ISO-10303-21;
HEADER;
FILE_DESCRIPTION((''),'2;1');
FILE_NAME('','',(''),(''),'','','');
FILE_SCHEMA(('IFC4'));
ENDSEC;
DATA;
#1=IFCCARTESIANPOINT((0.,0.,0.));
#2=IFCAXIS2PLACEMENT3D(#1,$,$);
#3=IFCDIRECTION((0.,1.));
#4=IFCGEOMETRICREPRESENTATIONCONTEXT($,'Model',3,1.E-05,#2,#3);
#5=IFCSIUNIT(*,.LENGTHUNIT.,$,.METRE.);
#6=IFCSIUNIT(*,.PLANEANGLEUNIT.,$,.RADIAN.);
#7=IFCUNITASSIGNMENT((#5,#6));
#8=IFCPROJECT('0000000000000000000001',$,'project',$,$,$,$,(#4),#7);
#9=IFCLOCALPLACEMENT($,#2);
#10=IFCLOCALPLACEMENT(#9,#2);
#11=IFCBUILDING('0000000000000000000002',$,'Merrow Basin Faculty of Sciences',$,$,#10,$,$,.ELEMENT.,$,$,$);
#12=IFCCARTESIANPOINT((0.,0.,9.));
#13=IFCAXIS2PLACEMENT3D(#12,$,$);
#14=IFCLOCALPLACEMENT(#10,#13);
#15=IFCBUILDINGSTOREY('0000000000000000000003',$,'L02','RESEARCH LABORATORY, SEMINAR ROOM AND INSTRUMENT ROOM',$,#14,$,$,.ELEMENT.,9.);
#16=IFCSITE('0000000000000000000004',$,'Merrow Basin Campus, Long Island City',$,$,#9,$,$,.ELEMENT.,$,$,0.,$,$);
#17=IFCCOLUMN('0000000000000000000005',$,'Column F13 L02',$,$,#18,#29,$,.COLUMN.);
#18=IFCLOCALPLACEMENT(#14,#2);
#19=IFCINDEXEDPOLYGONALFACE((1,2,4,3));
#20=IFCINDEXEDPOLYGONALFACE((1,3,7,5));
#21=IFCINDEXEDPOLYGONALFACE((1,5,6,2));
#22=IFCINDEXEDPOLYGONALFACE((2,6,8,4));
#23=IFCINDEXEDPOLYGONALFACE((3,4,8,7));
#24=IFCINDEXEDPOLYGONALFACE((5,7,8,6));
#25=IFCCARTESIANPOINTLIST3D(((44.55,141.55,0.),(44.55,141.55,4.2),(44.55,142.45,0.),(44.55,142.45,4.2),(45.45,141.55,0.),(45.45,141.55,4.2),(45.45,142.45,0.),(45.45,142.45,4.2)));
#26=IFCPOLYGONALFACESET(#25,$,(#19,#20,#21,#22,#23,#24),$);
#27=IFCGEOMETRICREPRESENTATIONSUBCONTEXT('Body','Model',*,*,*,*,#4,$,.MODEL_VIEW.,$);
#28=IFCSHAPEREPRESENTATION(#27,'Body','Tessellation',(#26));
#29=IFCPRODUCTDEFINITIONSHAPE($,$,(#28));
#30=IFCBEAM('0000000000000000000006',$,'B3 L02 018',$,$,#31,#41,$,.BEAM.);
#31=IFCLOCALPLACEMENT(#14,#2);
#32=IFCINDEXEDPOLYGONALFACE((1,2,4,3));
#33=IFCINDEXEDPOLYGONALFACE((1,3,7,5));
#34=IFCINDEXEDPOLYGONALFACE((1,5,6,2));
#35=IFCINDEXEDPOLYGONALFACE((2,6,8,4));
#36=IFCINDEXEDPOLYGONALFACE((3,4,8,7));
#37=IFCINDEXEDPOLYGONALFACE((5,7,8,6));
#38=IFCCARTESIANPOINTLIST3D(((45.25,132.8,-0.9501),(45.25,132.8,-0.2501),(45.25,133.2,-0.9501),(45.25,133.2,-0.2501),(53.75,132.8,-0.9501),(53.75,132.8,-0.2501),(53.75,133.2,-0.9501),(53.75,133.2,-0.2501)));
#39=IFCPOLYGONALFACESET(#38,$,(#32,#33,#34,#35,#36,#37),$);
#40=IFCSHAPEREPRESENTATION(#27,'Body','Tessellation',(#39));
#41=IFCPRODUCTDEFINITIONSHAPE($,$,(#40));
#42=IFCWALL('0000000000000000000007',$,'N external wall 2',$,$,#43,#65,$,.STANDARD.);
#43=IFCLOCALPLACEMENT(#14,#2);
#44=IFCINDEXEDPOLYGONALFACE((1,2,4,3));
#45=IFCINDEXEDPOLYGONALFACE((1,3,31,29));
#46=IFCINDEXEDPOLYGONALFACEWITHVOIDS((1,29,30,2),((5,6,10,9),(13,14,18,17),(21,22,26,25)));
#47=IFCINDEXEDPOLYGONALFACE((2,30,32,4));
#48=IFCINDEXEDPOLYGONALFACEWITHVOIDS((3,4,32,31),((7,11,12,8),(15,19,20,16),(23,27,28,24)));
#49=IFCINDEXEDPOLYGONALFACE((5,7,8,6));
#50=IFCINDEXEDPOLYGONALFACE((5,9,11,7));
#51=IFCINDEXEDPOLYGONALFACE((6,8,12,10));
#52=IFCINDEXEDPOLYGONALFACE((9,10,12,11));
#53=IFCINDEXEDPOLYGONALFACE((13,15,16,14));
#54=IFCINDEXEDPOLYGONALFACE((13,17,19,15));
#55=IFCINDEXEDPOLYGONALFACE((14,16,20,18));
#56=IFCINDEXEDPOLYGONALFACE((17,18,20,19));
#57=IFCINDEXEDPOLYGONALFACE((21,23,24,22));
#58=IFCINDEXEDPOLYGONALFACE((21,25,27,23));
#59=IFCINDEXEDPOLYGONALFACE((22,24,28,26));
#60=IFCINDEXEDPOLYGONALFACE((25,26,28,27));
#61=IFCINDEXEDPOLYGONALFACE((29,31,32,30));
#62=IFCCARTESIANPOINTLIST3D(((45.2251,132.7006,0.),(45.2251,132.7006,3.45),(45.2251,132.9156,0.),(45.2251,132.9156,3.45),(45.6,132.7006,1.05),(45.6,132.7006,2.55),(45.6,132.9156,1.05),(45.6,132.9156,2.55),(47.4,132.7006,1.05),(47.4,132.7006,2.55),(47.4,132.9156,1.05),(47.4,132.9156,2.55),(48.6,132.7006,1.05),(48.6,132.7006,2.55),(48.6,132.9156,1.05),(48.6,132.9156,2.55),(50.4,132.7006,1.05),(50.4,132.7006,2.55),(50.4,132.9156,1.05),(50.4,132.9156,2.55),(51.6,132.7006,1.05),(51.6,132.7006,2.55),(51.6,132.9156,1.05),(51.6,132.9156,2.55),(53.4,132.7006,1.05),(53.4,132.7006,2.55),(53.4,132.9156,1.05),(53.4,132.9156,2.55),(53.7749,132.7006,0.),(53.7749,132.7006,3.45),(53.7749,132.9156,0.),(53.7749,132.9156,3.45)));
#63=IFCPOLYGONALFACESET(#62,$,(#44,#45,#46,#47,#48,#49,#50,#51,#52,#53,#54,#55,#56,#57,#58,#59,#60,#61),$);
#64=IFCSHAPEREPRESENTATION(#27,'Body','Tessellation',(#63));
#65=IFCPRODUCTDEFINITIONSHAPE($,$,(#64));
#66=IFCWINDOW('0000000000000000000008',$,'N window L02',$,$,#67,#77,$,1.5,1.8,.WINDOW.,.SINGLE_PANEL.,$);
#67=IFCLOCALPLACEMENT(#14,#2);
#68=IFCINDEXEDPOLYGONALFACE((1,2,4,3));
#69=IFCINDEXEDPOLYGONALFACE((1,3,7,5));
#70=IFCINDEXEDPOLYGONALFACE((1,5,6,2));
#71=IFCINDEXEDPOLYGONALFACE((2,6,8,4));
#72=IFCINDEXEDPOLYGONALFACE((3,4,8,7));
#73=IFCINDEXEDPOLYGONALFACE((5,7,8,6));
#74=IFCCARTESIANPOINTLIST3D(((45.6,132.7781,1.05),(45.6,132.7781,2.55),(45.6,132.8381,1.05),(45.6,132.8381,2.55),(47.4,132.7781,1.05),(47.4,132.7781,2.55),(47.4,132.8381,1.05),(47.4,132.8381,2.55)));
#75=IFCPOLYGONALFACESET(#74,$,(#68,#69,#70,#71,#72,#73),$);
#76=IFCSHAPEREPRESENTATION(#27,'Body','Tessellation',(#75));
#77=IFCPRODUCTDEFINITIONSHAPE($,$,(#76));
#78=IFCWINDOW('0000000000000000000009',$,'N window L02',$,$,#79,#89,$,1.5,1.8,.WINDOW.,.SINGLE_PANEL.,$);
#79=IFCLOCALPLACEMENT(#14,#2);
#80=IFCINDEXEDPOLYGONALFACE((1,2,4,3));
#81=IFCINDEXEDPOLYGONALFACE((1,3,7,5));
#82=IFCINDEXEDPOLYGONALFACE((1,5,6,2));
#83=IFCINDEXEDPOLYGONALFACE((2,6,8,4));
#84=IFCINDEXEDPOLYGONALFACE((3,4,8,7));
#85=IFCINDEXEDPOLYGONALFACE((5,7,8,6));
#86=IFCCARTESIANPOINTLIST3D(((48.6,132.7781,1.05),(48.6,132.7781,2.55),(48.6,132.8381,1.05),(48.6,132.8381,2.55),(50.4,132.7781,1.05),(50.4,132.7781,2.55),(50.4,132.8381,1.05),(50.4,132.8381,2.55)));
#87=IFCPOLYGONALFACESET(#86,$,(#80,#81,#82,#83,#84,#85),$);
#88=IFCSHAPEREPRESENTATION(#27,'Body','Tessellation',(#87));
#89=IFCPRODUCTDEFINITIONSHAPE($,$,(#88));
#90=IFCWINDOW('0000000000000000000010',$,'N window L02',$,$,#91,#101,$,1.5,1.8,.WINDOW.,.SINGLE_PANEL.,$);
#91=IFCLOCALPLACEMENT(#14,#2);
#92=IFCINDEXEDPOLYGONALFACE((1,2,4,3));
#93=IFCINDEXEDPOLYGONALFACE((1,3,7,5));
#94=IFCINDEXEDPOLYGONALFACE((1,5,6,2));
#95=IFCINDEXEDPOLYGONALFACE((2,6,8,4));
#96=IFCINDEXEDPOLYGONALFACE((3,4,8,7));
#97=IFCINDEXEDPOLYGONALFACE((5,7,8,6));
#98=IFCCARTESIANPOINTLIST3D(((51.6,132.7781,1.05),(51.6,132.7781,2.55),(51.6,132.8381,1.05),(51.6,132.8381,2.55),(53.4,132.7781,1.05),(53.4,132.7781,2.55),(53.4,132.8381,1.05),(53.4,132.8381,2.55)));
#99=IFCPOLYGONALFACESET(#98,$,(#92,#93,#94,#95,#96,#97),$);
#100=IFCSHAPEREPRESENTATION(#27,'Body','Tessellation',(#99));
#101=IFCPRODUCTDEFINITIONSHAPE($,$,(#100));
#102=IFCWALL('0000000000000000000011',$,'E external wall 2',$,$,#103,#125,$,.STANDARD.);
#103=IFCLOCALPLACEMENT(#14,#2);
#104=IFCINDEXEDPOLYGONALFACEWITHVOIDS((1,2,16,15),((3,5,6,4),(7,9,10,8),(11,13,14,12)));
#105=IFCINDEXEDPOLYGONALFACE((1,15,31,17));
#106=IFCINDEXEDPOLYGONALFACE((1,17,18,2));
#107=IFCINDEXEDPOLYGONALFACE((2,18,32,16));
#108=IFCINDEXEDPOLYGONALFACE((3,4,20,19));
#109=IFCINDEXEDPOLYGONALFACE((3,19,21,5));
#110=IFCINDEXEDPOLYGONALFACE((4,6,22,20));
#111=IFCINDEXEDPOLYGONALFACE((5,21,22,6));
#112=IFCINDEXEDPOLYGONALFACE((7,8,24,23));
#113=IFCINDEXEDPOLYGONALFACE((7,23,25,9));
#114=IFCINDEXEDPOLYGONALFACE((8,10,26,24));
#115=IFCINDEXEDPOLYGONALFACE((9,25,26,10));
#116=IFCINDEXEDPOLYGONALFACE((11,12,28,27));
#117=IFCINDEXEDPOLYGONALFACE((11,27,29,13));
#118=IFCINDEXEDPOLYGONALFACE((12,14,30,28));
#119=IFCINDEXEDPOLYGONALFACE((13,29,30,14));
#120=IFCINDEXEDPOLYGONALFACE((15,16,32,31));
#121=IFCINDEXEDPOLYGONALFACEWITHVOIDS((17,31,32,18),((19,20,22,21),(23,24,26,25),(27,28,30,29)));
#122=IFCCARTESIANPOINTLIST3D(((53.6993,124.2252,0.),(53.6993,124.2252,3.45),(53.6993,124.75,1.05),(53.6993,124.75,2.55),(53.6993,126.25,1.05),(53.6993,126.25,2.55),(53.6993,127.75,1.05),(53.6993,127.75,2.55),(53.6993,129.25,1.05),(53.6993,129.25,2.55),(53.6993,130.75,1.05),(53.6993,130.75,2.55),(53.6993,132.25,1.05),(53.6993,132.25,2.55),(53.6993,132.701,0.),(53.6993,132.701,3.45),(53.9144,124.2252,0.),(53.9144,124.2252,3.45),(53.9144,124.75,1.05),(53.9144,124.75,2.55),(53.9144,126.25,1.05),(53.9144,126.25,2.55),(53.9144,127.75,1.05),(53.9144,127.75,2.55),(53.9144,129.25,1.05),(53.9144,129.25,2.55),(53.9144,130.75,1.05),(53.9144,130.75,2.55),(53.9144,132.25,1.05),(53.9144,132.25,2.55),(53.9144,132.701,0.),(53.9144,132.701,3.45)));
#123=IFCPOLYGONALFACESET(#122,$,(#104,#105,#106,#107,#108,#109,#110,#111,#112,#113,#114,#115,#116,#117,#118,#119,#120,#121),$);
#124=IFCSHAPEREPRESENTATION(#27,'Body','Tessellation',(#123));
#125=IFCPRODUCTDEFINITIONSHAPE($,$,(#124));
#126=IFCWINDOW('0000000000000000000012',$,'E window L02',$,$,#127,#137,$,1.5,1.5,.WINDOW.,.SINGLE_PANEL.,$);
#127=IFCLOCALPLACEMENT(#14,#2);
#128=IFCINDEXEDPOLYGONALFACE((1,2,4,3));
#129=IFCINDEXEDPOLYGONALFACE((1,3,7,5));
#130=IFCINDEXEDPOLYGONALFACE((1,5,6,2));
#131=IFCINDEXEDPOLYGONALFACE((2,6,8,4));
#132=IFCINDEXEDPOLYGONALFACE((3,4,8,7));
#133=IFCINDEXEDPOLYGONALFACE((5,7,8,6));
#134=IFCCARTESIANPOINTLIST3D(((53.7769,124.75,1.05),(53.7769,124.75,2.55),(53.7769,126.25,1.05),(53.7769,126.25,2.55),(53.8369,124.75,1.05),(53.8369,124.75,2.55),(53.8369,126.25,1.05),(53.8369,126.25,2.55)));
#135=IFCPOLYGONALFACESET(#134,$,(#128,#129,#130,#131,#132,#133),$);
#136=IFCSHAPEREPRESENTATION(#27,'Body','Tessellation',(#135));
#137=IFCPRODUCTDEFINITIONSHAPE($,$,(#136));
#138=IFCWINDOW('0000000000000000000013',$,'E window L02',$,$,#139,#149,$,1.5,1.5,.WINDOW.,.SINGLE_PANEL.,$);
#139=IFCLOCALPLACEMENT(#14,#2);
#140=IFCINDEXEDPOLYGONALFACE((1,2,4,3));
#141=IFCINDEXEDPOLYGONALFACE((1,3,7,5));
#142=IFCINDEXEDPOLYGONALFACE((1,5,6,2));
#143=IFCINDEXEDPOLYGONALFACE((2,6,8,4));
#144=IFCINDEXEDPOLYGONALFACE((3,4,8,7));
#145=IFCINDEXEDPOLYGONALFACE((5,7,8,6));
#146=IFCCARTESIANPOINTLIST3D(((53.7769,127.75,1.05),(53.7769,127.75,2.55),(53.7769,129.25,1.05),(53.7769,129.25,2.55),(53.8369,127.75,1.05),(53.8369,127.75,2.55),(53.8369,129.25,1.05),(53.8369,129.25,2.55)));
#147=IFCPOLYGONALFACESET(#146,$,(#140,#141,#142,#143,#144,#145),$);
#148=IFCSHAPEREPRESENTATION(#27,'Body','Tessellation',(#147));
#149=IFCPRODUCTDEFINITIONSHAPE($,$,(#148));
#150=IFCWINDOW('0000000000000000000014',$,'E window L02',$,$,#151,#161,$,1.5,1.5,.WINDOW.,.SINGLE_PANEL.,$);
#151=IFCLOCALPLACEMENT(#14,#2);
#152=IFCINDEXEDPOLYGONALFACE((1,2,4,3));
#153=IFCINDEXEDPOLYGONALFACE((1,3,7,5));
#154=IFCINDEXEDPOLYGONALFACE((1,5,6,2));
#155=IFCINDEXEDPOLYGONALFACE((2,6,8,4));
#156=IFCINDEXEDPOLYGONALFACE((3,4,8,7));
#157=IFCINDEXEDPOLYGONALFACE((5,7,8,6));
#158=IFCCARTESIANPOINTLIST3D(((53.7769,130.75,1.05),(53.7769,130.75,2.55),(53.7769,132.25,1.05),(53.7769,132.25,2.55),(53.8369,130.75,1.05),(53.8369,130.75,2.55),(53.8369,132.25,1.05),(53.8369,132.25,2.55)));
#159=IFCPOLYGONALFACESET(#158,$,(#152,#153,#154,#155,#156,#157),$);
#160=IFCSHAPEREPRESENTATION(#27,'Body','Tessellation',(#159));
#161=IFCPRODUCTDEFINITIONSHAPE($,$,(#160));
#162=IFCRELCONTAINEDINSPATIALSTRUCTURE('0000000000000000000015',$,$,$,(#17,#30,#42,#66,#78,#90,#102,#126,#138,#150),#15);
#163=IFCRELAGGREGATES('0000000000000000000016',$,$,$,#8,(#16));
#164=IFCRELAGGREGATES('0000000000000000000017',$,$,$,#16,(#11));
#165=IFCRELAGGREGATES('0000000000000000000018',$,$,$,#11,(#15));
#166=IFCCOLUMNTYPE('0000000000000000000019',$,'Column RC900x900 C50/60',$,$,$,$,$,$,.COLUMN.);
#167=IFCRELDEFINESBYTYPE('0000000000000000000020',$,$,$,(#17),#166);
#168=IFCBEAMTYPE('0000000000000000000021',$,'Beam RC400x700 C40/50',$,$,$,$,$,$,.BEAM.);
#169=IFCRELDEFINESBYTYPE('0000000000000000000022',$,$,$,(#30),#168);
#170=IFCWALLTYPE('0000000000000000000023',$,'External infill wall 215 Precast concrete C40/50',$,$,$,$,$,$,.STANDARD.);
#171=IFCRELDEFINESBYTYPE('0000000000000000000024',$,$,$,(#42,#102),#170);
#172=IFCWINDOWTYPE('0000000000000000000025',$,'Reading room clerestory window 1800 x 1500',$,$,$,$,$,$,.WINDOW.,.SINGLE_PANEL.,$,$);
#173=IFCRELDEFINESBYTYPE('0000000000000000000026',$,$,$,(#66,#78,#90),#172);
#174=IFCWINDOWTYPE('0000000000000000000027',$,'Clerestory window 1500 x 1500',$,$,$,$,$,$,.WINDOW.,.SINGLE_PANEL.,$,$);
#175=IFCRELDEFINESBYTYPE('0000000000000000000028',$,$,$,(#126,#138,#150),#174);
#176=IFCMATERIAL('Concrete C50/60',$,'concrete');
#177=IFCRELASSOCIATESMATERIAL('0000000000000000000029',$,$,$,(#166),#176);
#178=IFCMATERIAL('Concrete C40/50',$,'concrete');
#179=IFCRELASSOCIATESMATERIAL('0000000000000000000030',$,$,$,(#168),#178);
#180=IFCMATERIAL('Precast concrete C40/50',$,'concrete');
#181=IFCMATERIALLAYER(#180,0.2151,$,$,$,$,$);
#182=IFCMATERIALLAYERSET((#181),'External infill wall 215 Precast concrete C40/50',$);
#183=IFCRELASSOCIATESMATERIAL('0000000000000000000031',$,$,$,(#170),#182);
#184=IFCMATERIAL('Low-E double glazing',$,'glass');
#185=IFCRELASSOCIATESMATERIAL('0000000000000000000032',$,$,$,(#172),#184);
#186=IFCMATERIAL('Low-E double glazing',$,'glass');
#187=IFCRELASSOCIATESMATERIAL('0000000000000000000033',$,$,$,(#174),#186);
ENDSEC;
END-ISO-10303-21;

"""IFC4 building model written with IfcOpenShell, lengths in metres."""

from ifc_helpers import new_model, si_unit, direction, frame, frame_2d, origin, origin_2d, place, context, subcontext, project, spatial, rectangle, extrude, material, layer, layer_set, material_profile, profile_set, type_object, element, fill, save


model = new_model("IFC4")

# Units and contexts
model_context = context("Model", 3, precision=1e-05, world=origin(), true_north=direction((0.0, 1.0)))
body_context = subcontext(model_context, "Body", "Model", "MODEL_VIEW")
ifc_project = project(units=[si_unit("LENGTHUNIT", "METRE"), si_unit("PLANEANGLEUNIT", "RADIAN")], contexts=[model_context])

# Site, building, storey
site_placement = place(None, origin())
site = spatial("IfcSite", under=ifc_project, at=site_placement, Name="Merrow Basin Campus, Long Island City", CompositionType="ELEMENT", RefElevation=0.0)
building_placement = place(site_placement, origin())
building = spatial("IfcBuilding", under=site, at=building_placement, Name="Merrow Basin Faculty of Sciences", CompositionType="ELEMENT")
storey_placement = place(building_placement, frame((0.0, 0.0, 9.0)))
storey = spatial("IfcBuildingStorey", under=building, at=storey_placement, Name="L02", Description="RESEARCH LABORATORY, SEMINAR ROOM AND INSTRUMENT ROOM", CompositionType="ELEMENT", Elevation=9.0)

# Column
ifc_material_1 = material(Name="Concrete C50/60", Category="concrete")
ifc_material_profile_1 = material_profile(ifc_material_1, rectangle(XDim=0.8999, YDim=0.8999, at=origin_2d()))
ifc_profile_set_1 = profile_set([ifc_material_profile_1], Name="Concrete C50/60")
column_type = type_object("IfcColumnType", Name="Column RC900x900 C50/60", PredefinedType="COLUMN", material=ifc_profile_set_1)
column_placement = place(storey_placement, frame((45.0, 142.0, 0.0), z_axis=(0.0, 0.0, 1.0), x_axis=(1.0, 0.0, 0.0)))
element("IfcColumn", 1, at=column_placement, inside=storey, type_object=column_type, Name="Column F13 L02", PredefinedType="COLUMN", context=body_context, shape_type="SweptSolid", body=[
    extrude(rectangle(XDim=0.8999, YDim=0.8999, at=origin_2d()), origin(), (0.0, 0.0, 1.0), 4.2),
])

# Beam
ifc_material_2 = material(Name="Concrete C40/50", Category="concrete")
ifc_material_profile_2 = material_profile(ifc_material_2, rectangle(XDim=0.3999, YDim=0.7, at=origin_2d()))
ifc_profile_set_2 = profile_set([ifc_material_profile_2], Name="Concrete C40/50")
beam_type = type_object("IfcBeamType", Name="Beam RC400x700 C40/50", PredefinedType="BEAM", material=ifc_profile_set_2)
beam_placement = place(storey_placement, frame((45.25, 133.0, -0.6001), z_axis=(1.0, 0.0, 0.0), x_axis=(0.0, 1.0, 0.0)))
element("IfcBeam", 2, at=beam_placement, inside=storey, type_object=beam_type, Name="B3 L02 018", PredefinedType="BEAM", context=body_context, shape_type="SweptSolid", body=[
    extrude(rectangle(XDim=0.3999, YDim=0.7, at=origin_2d()), origin(), (0.0, 0.0, 1.0), 8.5),
])

# Walls, openings, windows
ifc_material_3 = material(Name="Precast concrete C40/50", Category="concrete")
ifc_layer_1 = layer(ifc_material_3, 0.2151)
ifc_layer_set_1 = layer_set([ifc_layer_1], Name="External infill wall 215 Precast concrete C40/50")
wall_type_1 = type_object("IfcWallType", Name="External infill wall 215 Precast concrete C40/50", PredefinedType="STANDARD", material=ifc_layer_set_1)
wall_1_placement = place(storey_placement, frame((45.2251, 132.8081, 0.0), z_axis=(0.0, 0.0, 1.0), x_axis=(1.0, 0.0, 0.0)))
wall_1 = element("IfcWall", 3, at=wall_1_placement, inside=storey, type_object=wall_type_1, Name="N external wall 2", PredefinedType="STANDARD", context=body_context, shape_type="SweptSolid", body=[
    extrude(rectangle(XDim=8.5498, YDim=0.2151, at=frame_2d((4.2749, 0.0))), origin(), (0.0, 0.0, 1.0), 3.45),
])
opening_1_placement = place(wall_1_placement, frame((0.375, 0.0, 1.05)))
opening_1 = element("IfcOpeningElement", 4, at=opening_1_placement, cuts=wall_1, PredefinedType="OPENING", context=body_context, shape_type="SweptSolid", body=[
    extrude(rectangle(XDim=1.8, YDim=1.5, at=frame_2d((0.8999, 0.75))), frame((0.0, 0.1174, 0.0), z_axis=(0.0, -1.0, 0.0), x_axis=(1.0, 0.0, 0.0)), (0.0, 0.0, 1.0), 0.2351),
])
opening_2_placement = place(wall_1_placement, frame((3.375, 0.0, 1.05)))
opening_2 = element("IfcOpeningElement", 5, at=opening_2_placement, cuts=wall_1, PredefinedType="OPENING", context=body_context, shape_type="SweptSolid", body=[
    extrude(rectangle(XDim=1.8, YDim=1.5, at=frame_2d((0.8999, 0.75))), frame((0.0, 0.1174, 0.0), z_axis=(0.0, -1.0, 0.0), x_axis=(1.0, 0.0, 0.0)), (0.0, 0.0, 1.0), 0.2351),
])
opening_3_placement = place(wall_1_placement, frame((6.375, 0.0, 1.05)))
opening_3 = element("IfcOpeningElement", 6, at=opening_3_placement, cuts=wall_1, PredefinedType="OPENING", context=body_context, shape_type="SweptSolid", body=[
    extrude(rectangle(XDim=1.8, YDim=1.5, at=frame_2d((0.8999, 0.75))), frame((0.0, 0.1174, 0.0), z_axis=(0.0, -1.0, 0.0), x_axis=(1.0, 0.0, 0.0)), (0.0, 0.0, 1.0), 0.2351),
])
ifc_material_4 = material(Name="Low-E double glazing", Category="glass")
window_type_1 = type_object("IfcWindowType", Name="Reading room clerestory window 1800 x 1500", PartitioningType="SINGLE_PANEL", PredefinedType="WINDOW", material=ifc_material_4)
window_1_placement = place(opening_1_placement, origin())
window_1 = element("IfcWindow", 7, at=window_1_placement, inside=storey, type_object=window_type_1, Name="N window L02", OverallHeight=1.5, OverallWidth=1.8, PartitioningType="SINGLE_PANEL", PredefinedType="WINDOW", context=body_context, shape_type="SweptSolid", body=[
    extrude(rectangle(XDim=1.8, YDim=1.5, at=frame_2d((0.8999, 0.75))), frame((0.0, 0.03, 0.0), z_axis=(0.0, -1.0, 0.0), x_axis=(1.0, 0.0, 0.0)), (0.0, 0.0, 1.0), 0.0601),
])
fill(opening_1, window_1)
window_2_placement = place(opening_2_placement, origin())
window_2 = element("IfcWindow", 8, at=window_2_placement, inside=storey, type_object=window_type_1, Name="N window L02", OverallHeight=1.5, OverallWidth=1.8, PartitioningType="SINGLE_PANEL", PredefinedType="WINDOW", context=body_context, shape_type="SweptSolid", body=[
    extrude(rectangle(XDim=1.8, YDim=1.5, at=frame_2d((0.8999, 0.75))), frame((0.0, 0.03, 0.0), z_axis=(0.0, -1.0, 0.0), x_axis=(1.0, 0.0, 0.0)), (0.0, 0.0, 1.0), 0.0601),
])
fill(opening_2, window_2)
window_3_placement = place(opening_3_placement, origin())
window_3 = element("IfcWindow", 9, at=window_3_placement, inside=storey, type_object=window_type_1, Name="N window L02", OverallHeight=1.5, OverallWidth=1.8, PartitioningType="SINGLE_PANEL", PredefinedType="WINDOW", context=body_context, shape_type="SweptSolid", body=[
    extrude(rectangle(XDim=1.8, YDim=1.5, at=frame_2d((0.8999, 0.75))), frame((0.0, 0.03, 0.0), z_axis=(0.0, -1.0, 0.0), x_axis=(1.0, 0.0, 0.0)), (0.0, 0.0, 1.0), 0.0601),
])
fill(opening_3, window_3)
wall_2_placement = place(storey_placement, frame((53.8069, 132.7009, 0.0), z_axis=(0.0, 0.0, 1.0), x_axis=(0.0, -1.0, 0.0)))
wall_2 = element("IfcWall", 10, at=wall_2_placement, inside=storey, type_object=wall_type_1, Name="E external wall 2", PredefinedType="STANDARD", context=body_context, shape_type="SweptSolid", body=[
    extrude(rectangle(XDim=8.4758, YDim=0.2151, at=frame_2d((4.2378, 0.0))), origin(), (0.0, 0.0, 1.0), 3.45),
])
opening_4_placement = place(wall_2_placement, frame((6.4509, 0.0, 1.05)))
opening_4 = element("IfcOpeningElement", 11, at=opening_4_placement, cuts=wall_2, PredefinedType="OPENING", context=body_context, shape_type="SweptSolid", body=[
    extrude(rectangle(XDim=1.5, YDim=1.5, at=frame_2d((0.75, 0.75))), frame((0.0, 0.1174, 0.0), z_axis=(0.0, -1.0, 0.0), x_axis=(1.0, 0.0, 0.0)), (0.0, 0.0, 1.0), 0.2351),
])
opening_5_placement = place(wall_2_placement, frame((3.4509, 0.0, 1.05)))
opening_5 = element("IfcOpeningElement", 12, at=opening_5_placement, cuts=wall_2, PredefinedType="OPENING", context=body_context, shape_type="SweptSolid", body=[
    extrude(rectangle(XDim=1.5, YDim=1.5, at=frame_2d((0.75, 0.75))), frame((0.0, 0.1174, 0.0), z_axis=(0.0, -1.0, 0.0), x_axis=(1.0, 0.0, 0.0)), (0.0, 0.0, 1.0), 0.2351),
])
opening_6_placement = place(wall_2_placement, frame((0.4509, 0.0, 1.05)))
opening_6 = element("IfcOpeningElement", 13, at=opening_6_placement, cuts=wall_2, PredefinedType="OPENING", context=body_context, shape_type="SweptSolid", body=[
    extrude(rectangle(XDim=1.5, YDim=1.5, at=frame_2d((0.75, 0.75))), frame((0.0, 0.1174, 0.0), z_axis=(0.0, -1.0, 0.0), x_axis=(1.0, 0.0, 0.0)), (0.0, 0.0, 1.0), 0.2351),
])
ifc_material_5 = material(Name="Low-E double glazing", Category="glass")
window_type_2 = type_object("IfcWindowType", Name="Clerestory window 1500 x 1500", PartitioningType="SINGLE_PANEL", PredefinedType="WINDOW", material=ifc_material_5)
window_4_placement = place(opening_4_placement, origin())
window_4 = element("IfcWindow", 14, at=window_4_placement, inside=storey, type_object=window_type_2, Name="E window L02", OverallHeight=1.5, OverallWidth=1.5, PartitioningType="SINGLE_PANEL", PredefinedType="WINDOW", context=body_context, shape_type="SweptSolid", body=[
    extrude(rectangle(XDim=1.5, YDim=1.5, at=frame_2d((0.75, 0.75))), frame((0.0, 0.03, 0.0), z_axis=(0.0, -1.0, 0.0), x_axis=(1.0, 0.0, 0.0)), (0.0, 0.0, 1.0), 0.0601),
])
fill(opening_4, window_4)
window_5_placement = place(opening_5_placement, origin())
window_5 = element("IfcWindow", 15, at=window_5_placement, inside=storey, type_object=window_type_2, Name="E window L02", OverallHeight=1.5, OverallWidth=1.5, PartitioningType="SINGLE_PANEL", PredefinedType="WINDOW", context=body_context, shape_type="SweptSolid", body=[
    extrude(rectangle(XDim=1.5, YDim=1.5, at=frame_2d((0.75, 0.75))), frame((0.0, 0.03, 0.0), z_axis=(0.0, -1.0, 0.0), x_axis=(1.0, 0.0, 0.0)), (0.0, 0.0, 1.0), 0.0601),
])
fill(opening_5, window_5)
window_6_placement = place(opening_6_placement, origin())
window_6 = element("IfcWindow", 16, at=window_6_placement, inside=storey, type_object=window_type_2, Name="E window L02", OverallHeight=1.5, OverallWidth=1.5, PartitioningType="SINGLE_PANEL", PredefinedType="WINDOW", context=body_context, shape_type="SweptSolid", body=[
    extrude(rectangle(XDim=1.5, YDim=1.5, at=frame_2d((0.75, 0.75))), frame((0.0, 0.03, 0.0), z_axis=(0.0, -1.0, 0.0), x_axis=(1.0, 0.0, 0.0)), (0.0, 0.0, 1.0), 0.0601),
])
fill(opening_6, window_6)

save(model, "model.ifc")
